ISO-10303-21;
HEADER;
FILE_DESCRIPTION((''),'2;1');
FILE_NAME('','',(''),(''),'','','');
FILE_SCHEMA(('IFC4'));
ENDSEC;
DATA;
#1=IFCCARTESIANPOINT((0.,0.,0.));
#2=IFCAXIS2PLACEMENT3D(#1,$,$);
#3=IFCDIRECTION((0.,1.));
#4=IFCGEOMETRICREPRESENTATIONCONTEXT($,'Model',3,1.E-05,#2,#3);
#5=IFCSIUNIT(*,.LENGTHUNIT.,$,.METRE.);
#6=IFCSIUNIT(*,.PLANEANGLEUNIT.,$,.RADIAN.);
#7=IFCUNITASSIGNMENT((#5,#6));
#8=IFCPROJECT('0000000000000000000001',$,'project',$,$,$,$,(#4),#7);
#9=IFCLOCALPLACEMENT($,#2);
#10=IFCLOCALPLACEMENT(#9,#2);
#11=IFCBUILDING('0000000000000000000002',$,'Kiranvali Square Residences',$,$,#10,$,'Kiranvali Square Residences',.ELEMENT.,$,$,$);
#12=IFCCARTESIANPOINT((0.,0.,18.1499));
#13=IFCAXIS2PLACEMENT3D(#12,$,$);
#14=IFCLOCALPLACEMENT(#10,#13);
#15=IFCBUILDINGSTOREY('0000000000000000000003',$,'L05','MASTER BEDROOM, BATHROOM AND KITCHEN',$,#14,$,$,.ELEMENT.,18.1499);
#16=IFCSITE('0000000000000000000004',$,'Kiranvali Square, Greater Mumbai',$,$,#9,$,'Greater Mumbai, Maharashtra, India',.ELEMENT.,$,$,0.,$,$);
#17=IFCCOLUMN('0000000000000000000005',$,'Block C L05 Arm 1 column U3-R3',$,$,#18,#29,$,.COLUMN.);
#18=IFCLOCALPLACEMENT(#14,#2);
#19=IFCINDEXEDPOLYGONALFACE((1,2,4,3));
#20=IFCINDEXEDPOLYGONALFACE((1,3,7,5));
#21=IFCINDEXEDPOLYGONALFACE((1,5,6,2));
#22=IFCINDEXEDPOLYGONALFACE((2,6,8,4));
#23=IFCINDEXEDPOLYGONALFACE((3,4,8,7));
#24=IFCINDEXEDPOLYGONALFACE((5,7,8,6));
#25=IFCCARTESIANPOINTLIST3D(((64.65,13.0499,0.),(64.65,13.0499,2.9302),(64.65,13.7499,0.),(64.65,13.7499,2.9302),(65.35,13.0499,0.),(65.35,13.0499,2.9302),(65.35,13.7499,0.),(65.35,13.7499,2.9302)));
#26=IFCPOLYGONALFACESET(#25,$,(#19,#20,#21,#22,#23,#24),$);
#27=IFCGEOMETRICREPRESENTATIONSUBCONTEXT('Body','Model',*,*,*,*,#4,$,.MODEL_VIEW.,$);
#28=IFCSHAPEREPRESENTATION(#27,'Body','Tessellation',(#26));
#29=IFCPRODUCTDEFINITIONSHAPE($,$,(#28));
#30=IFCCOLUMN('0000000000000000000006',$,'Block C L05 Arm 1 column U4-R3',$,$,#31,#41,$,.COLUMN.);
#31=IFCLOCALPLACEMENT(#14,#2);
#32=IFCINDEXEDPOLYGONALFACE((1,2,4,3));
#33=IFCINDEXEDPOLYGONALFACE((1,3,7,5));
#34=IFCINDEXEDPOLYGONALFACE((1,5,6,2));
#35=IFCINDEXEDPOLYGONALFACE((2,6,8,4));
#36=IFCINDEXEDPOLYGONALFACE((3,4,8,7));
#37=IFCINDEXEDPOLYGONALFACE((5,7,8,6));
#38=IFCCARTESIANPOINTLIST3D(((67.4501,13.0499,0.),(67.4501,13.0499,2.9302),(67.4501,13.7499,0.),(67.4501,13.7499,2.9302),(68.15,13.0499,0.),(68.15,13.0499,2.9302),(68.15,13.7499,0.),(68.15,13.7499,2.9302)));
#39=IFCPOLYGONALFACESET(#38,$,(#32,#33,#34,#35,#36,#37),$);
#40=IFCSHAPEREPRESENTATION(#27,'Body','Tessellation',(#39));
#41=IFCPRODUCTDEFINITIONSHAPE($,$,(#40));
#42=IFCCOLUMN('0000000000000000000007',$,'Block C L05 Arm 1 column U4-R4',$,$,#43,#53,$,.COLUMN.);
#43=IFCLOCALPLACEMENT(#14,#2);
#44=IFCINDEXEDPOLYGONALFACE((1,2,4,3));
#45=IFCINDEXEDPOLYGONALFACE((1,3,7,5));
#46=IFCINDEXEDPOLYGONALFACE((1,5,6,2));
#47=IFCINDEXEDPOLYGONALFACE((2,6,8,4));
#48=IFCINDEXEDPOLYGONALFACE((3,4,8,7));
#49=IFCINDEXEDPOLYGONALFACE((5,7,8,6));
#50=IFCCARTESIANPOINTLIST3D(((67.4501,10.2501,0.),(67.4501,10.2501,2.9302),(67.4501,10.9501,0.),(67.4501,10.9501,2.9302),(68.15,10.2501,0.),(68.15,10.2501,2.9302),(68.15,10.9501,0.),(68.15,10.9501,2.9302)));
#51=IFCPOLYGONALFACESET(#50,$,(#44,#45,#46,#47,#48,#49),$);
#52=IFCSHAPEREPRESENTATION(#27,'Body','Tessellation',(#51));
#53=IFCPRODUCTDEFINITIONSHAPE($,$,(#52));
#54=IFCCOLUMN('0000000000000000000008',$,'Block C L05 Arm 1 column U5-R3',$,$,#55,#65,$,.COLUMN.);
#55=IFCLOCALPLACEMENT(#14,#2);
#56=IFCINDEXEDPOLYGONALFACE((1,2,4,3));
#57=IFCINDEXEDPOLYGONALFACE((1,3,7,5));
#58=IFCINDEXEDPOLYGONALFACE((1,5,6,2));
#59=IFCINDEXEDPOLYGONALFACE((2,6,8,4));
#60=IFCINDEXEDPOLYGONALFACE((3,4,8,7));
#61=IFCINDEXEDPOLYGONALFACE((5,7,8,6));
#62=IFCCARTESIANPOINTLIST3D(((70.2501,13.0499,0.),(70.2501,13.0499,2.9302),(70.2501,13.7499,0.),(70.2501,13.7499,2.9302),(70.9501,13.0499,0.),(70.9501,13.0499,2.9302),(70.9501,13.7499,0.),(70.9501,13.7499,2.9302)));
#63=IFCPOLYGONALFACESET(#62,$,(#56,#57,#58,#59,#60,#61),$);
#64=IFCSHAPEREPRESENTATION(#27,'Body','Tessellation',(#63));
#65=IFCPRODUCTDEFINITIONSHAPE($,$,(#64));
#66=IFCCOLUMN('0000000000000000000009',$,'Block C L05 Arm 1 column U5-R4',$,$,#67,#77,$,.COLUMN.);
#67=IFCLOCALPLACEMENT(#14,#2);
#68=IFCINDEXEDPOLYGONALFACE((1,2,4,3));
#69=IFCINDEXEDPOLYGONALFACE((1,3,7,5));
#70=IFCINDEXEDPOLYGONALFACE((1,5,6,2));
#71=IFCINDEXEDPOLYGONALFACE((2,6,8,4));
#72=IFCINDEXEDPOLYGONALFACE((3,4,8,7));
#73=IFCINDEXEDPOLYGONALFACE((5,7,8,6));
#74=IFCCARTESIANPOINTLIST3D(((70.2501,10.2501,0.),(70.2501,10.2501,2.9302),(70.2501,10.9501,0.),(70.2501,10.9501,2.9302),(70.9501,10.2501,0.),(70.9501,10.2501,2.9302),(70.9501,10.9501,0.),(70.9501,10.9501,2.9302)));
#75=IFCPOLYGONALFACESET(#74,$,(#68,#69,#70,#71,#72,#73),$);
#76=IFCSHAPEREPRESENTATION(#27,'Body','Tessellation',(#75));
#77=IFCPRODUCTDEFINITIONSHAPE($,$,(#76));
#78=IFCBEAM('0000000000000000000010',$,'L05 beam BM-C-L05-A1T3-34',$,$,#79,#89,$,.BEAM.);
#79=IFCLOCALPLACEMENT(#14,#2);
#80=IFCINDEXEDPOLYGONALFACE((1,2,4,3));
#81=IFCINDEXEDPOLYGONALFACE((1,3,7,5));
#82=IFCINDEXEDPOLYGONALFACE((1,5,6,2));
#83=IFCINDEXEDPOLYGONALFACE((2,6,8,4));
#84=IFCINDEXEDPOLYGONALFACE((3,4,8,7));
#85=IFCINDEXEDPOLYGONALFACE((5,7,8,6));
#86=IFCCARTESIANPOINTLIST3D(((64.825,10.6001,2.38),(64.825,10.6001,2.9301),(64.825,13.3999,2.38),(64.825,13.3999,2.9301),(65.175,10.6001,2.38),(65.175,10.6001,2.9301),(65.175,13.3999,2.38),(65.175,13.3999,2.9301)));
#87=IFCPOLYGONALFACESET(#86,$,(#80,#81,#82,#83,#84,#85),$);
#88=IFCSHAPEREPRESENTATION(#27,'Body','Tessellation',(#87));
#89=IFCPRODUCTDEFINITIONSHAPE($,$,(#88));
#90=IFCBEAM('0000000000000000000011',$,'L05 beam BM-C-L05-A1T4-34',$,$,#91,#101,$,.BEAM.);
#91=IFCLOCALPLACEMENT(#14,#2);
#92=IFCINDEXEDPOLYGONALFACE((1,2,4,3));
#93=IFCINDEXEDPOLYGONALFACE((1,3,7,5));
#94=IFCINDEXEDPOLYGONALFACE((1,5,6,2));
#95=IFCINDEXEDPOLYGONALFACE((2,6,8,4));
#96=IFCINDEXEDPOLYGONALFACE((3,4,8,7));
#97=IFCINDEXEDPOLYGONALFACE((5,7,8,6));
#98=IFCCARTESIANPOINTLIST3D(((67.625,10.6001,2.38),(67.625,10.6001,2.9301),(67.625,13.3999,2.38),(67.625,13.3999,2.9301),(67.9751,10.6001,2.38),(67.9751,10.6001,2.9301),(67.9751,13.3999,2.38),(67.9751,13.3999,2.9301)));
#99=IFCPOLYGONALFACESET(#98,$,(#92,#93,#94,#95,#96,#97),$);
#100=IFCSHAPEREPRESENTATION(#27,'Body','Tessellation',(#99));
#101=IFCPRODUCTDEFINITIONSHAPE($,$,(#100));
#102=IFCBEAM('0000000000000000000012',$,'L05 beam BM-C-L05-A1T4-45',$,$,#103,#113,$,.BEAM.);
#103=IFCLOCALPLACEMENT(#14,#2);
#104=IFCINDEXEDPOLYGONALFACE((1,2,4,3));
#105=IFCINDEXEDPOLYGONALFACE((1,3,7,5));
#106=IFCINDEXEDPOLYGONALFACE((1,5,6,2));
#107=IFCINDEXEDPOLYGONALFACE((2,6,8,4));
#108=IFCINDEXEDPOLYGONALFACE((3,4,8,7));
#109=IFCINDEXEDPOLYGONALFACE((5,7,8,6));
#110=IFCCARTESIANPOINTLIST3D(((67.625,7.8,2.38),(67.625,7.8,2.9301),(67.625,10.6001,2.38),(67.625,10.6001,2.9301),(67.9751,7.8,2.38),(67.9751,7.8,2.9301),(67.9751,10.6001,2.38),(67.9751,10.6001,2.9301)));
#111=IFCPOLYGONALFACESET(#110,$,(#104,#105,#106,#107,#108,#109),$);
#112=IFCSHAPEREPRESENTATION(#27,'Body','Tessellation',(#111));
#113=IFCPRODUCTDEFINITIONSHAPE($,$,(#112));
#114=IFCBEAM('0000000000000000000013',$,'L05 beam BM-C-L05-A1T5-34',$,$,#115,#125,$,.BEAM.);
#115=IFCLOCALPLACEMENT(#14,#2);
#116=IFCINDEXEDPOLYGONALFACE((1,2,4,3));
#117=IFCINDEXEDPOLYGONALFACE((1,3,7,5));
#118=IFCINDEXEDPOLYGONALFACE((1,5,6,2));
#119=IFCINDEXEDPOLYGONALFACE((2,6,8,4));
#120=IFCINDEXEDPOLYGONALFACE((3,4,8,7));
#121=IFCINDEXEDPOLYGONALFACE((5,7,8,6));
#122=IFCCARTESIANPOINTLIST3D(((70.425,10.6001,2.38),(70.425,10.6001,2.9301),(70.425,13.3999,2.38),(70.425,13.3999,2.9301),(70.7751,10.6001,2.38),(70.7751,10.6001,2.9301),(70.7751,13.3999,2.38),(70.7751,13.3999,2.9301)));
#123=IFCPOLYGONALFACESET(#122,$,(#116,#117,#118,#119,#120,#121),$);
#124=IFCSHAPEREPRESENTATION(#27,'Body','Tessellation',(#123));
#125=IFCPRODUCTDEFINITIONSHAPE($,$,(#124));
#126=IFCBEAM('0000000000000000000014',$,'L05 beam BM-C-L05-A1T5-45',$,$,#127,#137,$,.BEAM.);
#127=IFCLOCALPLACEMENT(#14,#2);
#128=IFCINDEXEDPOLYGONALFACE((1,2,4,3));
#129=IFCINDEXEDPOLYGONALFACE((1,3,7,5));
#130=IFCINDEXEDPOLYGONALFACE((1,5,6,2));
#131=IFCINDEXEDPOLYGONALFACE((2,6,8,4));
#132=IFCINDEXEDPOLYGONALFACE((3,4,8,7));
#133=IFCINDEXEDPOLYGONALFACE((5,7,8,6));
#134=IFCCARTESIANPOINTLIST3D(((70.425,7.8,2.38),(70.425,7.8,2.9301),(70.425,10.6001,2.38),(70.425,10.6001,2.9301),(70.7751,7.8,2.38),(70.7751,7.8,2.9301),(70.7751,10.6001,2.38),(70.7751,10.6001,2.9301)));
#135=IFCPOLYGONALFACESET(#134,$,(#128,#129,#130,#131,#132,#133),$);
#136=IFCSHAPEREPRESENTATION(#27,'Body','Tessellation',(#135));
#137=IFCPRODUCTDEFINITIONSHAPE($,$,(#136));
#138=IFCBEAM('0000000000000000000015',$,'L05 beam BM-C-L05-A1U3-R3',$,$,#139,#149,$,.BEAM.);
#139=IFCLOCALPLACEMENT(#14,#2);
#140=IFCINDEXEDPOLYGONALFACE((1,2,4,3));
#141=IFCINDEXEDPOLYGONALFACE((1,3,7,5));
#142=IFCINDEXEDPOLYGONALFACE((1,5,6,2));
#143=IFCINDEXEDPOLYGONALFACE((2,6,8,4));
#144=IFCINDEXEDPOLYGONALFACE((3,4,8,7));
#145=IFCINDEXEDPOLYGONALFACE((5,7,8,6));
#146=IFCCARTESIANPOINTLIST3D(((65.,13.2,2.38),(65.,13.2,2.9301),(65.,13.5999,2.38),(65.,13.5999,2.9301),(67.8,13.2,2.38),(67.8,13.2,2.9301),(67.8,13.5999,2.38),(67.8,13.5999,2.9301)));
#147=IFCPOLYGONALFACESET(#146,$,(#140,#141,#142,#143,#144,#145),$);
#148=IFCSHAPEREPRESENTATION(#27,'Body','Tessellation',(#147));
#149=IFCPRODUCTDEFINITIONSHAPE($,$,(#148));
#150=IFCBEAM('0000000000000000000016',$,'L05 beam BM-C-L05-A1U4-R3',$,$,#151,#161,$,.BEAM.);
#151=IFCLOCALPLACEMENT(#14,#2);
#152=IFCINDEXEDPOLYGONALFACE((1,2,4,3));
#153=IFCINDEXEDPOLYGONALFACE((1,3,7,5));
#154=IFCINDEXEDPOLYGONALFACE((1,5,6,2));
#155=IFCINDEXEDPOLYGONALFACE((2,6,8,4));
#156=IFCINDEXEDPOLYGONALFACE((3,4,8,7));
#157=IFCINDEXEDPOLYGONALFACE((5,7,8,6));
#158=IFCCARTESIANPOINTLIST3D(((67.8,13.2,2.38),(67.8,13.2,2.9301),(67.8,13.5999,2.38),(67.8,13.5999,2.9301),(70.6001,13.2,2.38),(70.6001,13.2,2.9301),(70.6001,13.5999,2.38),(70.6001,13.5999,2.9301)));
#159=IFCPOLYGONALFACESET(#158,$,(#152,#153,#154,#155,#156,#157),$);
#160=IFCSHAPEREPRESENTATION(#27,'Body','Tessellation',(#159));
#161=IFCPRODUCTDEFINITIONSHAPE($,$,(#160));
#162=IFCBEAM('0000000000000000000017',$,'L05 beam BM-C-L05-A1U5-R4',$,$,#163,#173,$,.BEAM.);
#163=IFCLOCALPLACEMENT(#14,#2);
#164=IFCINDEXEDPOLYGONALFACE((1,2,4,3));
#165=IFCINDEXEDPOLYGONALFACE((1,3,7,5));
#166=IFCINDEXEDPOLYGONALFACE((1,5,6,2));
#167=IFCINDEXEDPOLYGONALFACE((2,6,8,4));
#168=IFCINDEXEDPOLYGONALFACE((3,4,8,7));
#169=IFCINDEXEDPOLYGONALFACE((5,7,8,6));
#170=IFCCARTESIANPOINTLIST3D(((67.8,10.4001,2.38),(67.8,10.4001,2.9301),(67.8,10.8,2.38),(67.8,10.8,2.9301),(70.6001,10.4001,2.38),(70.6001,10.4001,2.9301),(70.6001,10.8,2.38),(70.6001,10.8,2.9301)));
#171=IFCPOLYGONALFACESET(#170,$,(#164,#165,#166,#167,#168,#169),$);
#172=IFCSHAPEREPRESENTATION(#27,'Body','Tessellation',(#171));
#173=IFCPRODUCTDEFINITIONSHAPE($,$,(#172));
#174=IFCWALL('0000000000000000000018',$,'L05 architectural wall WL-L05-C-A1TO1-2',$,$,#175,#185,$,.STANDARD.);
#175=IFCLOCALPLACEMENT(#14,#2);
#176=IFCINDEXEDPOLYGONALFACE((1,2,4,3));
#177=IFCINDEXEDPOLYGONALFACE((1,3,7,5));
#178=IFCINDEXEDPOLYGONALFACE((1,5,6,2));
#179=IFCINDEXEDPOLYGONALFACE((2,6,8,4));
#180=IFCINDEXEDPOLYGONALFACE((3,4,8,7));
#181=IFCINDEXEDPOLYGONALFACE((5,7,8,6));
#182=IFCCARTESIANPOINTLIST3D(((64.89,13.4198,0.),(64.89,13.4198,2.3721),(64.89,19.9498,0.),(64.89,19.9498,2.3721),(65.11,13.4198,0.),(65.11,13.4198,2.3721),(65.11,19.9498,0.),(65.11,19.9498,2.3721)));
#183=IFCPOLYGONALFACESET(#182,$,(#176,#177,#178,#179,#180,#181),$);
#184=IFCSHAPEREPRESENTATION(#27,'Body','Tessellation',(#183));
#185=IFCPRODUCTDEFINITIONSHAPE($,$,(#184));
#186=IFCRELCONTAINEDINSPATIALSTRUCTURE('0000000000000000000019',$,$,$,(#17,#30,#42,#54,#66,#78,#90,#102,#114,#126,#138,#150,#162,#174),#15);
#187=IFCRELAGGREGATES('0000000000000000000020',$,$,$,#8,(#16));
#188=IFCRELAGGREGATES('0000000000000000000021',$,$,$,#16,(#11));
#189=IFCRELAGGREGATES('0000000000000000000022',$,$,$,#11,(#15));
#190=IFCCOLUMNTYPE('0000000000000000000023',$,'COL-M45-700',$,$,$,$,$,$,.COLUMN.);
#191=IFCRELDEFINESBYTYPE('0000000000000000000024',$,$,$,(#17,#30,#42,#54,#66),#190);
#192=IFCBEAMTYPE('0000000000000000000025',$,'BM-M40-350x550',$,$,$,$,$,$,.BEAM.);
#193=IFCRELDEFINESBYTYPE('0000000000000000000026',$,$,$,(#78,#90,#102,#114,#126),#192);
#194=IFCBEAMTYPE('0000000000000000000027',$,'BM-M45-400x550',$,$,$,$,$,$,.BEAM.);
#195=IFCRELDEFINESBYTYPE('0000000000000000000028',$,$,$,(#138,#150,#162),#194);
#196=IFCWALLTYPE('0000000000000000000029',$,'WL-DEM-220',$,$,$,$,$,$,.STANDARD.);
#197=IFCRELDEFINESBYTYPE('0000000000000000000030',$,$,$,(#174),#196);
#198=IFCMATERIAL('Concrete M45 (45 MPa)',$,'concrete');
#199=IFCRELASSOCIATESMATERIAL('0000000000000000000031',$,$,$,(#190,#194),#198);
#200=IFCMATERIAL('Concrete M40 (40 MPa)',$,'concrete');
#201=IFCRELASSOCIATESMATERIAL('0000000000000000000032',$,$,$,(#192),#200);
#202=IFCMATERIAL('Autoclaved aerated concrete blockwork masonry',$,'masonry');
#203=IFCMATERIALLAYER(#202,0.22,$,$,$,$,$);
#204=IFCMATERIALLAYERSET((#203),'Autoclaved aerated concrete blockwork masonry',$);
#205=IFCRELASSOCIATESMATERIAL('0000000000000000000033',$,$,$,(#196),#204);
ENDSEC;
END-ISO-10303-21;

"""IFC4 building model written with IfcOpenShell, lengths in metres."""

from ifc_helpers import new_model, si_unit, direction, frame, frame_2d, origin, origin_2d, place, context, subcontext, project, spatial, rectangle, extrude, material, layer, layer_set, material_profile, profile_set, type_object, element, save


model = new_model("IFC4")

# Units and contexts
model_context = context("Model", 3, precision=1e-05, world=origin(), true_north=direction((0.0, 1.0)))
body_context = subcontext(model_context, "Body", "Model", "MODEL_VIEW")
ifc_project = project(units=[si_unit("LENGTHUNIT", "METRE"), si_unit("PLANEANGLEUNIT", "RADIAN")], contexts=[model_context])

# Site, building, storey
site_placement = place(None, origin())
site = spatial("IfcSite", under=ifc_project, at=site_placement, Name="Kiranvali Square, Greater Mumbai", LongName="Greater Mumbai, Maharashtra, India", CompositionType="ELEMENT", RefElevation=0.0)
building_placement = place(site_placement, origin())
building = spatial("IfcBuilding", under=site, at=building_placement, Name="Kiranvali Square Residences", LongName="Kiranvali Square Residences", CompositionType="ELEMENT")
storey_placement = place(building_placement, frame((0.0, 0.0, 18.1499)))
storey = spatial("IfcBuildingStorey", under=building, at=storey_placement, Name="L05", Description="MASTER BEDROOM, BATHROOM AND KITCHEN", CompositionType="ELEMENT", Elevation=18.1499)

# Columns
ifc_material_1 = material(Name="Concrete M45 (45 MPa)", Category="concrete")
ifc_material_profile_1 = material_profile(ifc_material_1, rectangle(XDim=0.7, YDim=0.7, at=origin_2d()), Name="RC 700x700")
ifc_profile_set_1 = profile_set([ifc_material_profile_1], Name="Concrete M45 (45 MPa)")
column_type = type_object("IfcColumnType", Name="COL-M45-700", PredefinedType="COLUMN", material=ifc_profile_set_1)
for number, where, z_axis, x_axis, name in (
    (1, (65.0, 13.3999, 0.0), (0.0, 0.0, 1.0), (1.0, 0.0, 0.0), "Block C L05 Arm 1 column U3-R3"),
    (2, (67.8, 13.3999, 0.0), (0.0, 0.0, 1.0), (1.0, 0.0, 0.0), "Block C L05 Arm 1 column U4-R3"),
    (3, (67.8, 10.6001, 0.0), (0.0, 0.0, 1.0), (1.0, 0.0, 0.0), "Block C L05 Arm 1 column U4-R4"),
    (4, (70.6001, 13.3999, 0.0), (0.0, 0.0, 1.0), (1.0, 0.0, 0.0), "Block C L05 Arm 1 column U5-R3"),
    (5, (70.6001, 10.6001, 0.0), (0.0, 0.0, 1.0), (1.0, 0.0, 0.0), "Block C L05 Arm 1 column U5-R4"),
):
    element("IfcColumn", number, at=place(storey_placement, frame(where, z_axis=z_axis, x_axis=x_axis)), inside=storey, type_object=column_type, Name=name, PredefinedType="COLUMN", context=body_context, shape_type="SweptSolid", body=[
        extrude(rectangle(XDim=0.7, YDim=0.7, at=origin_2d()), origin(), (0.0, 0.0, 1.0), 2.9302),
    ])

# Beams
ifc_material_2 = material(Name="Concrete M40 (40 MPa)", Category="concrete")
ifc_material_profile_2 = material_profile(ifc_material_2, rectangle(XDim=0.3501, YDim=0.55, at=origin_2d()), Name="RC 350x550")
ifc_profile_set_2 = profile_set([ifc_material_profile_2], Name="Concrete M40 (40 MPa)")
beam_type_1 = type_object("IfcBeamType", Name="BM-M40-350x550", PredefinedType="BEAM", material=ifc_profile_set_2)
for number, where, z_axis, x_axis, name in (
    (6, (65.0, 13.3999, 2.655), (0.0, -1.0, 0.0), (1.0, 0.0, 0.0), "L05 beam BM-C-L05-A1T3-34"),
    (7, (67.8, 13.3999, 2.655), (0.0, -1.0, 0.0), (1.0, 0.0, 0.0), "L05 beam BM-C-L05-A1T4-34"),
):
    element("IfcBeam", number, at=place(storey_placement, frame(where, z_axis=z_axis, x_axis=x_axis)), inside=storey, type_object=beam_type_1, Name=name, PredefinedType="BEAM", context=body_context, shape_type="SweptSolid", body=[
        extrude(rectangle(XDim=0.3501, YDim=0.55, at=origin_2d()), origin(), (0.0, 0.0, 1.0), 2.7998),
    ])
beam_1_placement = place(storey_placement, frame((67.8, 10.6001, 2.655), z_axis=(0.0, -1.0, 0.0), x_axis=(1.0, 0.0, 0.0)))
element("IfcBeam", 8, at=beam_1_placement, inside=storey, type_object=beam_type_1, Name="L05 beam BM-C-L05-A1T4-45", PredefinedType="BEAM", context=body_context, shape_type="SweptSolid", body=[
    extrude(rectangle(XDim=0.3501, YDim=0.55, at=origin_2d()), origin(), (0.0, 0.0, 1.0), 2.8),
])
beam_2_placement = place(storey_placement, frame((70.6001, 13.3999, 2.655), z_axis=(0.0, -1.0, 0.0), x_axis=(1.0, 0.0, 0.0)))
element("IfcBeam", 9, at=beam_2_placement, inside=storey, type_object=beam_type_1, Name="L05 beam BM-C-L05-A1T5-34", PredefinedType="BEAM", context=body_context, shape_type="SweptSolid", body=[
    extrude(rectangle(XDim=0.3501, YDim=0.55, at=origin_2d()), origin(), (0.0, 0.0, 1.0), 2.7998),
])
beam_3_placement = place(storey_placement, frame((70.6001, 10.6001, 2.655), z_axis=(0.0, -1.0, 0.0), x_axis=(1.0, 0.0, 0.0)))
element("IfcBeam", 10, at=beam_3_placement, inside=storey, type_object=beam_type_1, Name="L05 beam BM-C-L05-A1T5-45", PredefinedType="BEAM", context=body_context, shape_type="SweptSolid", body=[
    extrude(rectangle(XDim=0.3501, YDim=0.55, at=origin_2d()), origin(), (0.0, 0.0, 1.0), 2.8),
])
ifc_material_profile_3 = material_profile(ifc_material_1, rectangle(XDim=0.3999, YDim=0.55, at=origin_2d()), Name="RC 400x550")
ifc_profile_set_3 = profile_set([ifc_material_profile_3], Name="Concrete M45 (45 MPa)")
beam_type_2 = type_object("IfcBeamType", Name="BM-M45-400x550", PredefinedType="BEAM", material=ifc_profile_set_3)
for number, where, z_axis, x_axis, name in (
    (11, (65.0, 13.3999, 2.655), (1.0, 0.0, 0.0), (0.0, 1.0, 0.0), "L05 beam BM-C-L05-A1U3-R3"),
    (12, (67.8, 13.3999, 2.655), (1.0, 0.0, 0.0), (0.0, 1.0, 0.0), "L05 beam BM-C-L05-A1U4-R3"),
    (13, (67.8, 10.6001, 2.655), (1.0, 0.0, 0.0), (0.0, 1.0, 0.0), "L05 beam BM-C-L05-A1U5-R4"),
):
    element("IfcBeam", number, at=place(storey_placement, frame(where, z_axis=z_axis, x_axis=x_axis)), inside=storey, type_object=beam_type_2, Name=name, PredefinedType="BEAM", context=body_context, shape_type="SweptSolid", body=[
        extrude(rectangle(XDim=0.3999, YDim=0.55, at=origin_2d()), origin(), (0.0, 0.0, 1.0), 2.8),
    ])

# Wall
ifc_material_3 = material(Name="Autoclaved aerated concrete blockwork masonry", Category="masonry")
ifc_layer_1 = layer(ifc_material_3, 0.22)
ifc_layer_set_1 = layer_set([ifc_layer_1], Name="Autoclaved aerated concrete blockwork masonry")
wall_type_1 = type_object("IfcWallType", Name="WL-DEM-220", PredefinedType="STANDARD", material=ifc_layer_set_1)
wall_1_placement = place(storey_placement, frame((65.0, 19.95, 0.0), z_axis=(0.0, 0.0, 1.0), x_axis=(0.0, -1.0, 0.0)))
element("IfcWall", 14, at=wall_1_placement, inside=storey, type_object=wall_type_1, Name="L05 architectural wall WL-L05-C-A1TO1-2", PredefinedType="STANDARD", context=body_context, shape_type="SweptSolid", body=[
    extrude(rectangle(XDim=6.53, YDim=0.22, at=frame_2d((3.2651, 0.0))), origin(), (0.0, 0.0, 1.0), 2.3721),
])

save(model, "model.ifc")
